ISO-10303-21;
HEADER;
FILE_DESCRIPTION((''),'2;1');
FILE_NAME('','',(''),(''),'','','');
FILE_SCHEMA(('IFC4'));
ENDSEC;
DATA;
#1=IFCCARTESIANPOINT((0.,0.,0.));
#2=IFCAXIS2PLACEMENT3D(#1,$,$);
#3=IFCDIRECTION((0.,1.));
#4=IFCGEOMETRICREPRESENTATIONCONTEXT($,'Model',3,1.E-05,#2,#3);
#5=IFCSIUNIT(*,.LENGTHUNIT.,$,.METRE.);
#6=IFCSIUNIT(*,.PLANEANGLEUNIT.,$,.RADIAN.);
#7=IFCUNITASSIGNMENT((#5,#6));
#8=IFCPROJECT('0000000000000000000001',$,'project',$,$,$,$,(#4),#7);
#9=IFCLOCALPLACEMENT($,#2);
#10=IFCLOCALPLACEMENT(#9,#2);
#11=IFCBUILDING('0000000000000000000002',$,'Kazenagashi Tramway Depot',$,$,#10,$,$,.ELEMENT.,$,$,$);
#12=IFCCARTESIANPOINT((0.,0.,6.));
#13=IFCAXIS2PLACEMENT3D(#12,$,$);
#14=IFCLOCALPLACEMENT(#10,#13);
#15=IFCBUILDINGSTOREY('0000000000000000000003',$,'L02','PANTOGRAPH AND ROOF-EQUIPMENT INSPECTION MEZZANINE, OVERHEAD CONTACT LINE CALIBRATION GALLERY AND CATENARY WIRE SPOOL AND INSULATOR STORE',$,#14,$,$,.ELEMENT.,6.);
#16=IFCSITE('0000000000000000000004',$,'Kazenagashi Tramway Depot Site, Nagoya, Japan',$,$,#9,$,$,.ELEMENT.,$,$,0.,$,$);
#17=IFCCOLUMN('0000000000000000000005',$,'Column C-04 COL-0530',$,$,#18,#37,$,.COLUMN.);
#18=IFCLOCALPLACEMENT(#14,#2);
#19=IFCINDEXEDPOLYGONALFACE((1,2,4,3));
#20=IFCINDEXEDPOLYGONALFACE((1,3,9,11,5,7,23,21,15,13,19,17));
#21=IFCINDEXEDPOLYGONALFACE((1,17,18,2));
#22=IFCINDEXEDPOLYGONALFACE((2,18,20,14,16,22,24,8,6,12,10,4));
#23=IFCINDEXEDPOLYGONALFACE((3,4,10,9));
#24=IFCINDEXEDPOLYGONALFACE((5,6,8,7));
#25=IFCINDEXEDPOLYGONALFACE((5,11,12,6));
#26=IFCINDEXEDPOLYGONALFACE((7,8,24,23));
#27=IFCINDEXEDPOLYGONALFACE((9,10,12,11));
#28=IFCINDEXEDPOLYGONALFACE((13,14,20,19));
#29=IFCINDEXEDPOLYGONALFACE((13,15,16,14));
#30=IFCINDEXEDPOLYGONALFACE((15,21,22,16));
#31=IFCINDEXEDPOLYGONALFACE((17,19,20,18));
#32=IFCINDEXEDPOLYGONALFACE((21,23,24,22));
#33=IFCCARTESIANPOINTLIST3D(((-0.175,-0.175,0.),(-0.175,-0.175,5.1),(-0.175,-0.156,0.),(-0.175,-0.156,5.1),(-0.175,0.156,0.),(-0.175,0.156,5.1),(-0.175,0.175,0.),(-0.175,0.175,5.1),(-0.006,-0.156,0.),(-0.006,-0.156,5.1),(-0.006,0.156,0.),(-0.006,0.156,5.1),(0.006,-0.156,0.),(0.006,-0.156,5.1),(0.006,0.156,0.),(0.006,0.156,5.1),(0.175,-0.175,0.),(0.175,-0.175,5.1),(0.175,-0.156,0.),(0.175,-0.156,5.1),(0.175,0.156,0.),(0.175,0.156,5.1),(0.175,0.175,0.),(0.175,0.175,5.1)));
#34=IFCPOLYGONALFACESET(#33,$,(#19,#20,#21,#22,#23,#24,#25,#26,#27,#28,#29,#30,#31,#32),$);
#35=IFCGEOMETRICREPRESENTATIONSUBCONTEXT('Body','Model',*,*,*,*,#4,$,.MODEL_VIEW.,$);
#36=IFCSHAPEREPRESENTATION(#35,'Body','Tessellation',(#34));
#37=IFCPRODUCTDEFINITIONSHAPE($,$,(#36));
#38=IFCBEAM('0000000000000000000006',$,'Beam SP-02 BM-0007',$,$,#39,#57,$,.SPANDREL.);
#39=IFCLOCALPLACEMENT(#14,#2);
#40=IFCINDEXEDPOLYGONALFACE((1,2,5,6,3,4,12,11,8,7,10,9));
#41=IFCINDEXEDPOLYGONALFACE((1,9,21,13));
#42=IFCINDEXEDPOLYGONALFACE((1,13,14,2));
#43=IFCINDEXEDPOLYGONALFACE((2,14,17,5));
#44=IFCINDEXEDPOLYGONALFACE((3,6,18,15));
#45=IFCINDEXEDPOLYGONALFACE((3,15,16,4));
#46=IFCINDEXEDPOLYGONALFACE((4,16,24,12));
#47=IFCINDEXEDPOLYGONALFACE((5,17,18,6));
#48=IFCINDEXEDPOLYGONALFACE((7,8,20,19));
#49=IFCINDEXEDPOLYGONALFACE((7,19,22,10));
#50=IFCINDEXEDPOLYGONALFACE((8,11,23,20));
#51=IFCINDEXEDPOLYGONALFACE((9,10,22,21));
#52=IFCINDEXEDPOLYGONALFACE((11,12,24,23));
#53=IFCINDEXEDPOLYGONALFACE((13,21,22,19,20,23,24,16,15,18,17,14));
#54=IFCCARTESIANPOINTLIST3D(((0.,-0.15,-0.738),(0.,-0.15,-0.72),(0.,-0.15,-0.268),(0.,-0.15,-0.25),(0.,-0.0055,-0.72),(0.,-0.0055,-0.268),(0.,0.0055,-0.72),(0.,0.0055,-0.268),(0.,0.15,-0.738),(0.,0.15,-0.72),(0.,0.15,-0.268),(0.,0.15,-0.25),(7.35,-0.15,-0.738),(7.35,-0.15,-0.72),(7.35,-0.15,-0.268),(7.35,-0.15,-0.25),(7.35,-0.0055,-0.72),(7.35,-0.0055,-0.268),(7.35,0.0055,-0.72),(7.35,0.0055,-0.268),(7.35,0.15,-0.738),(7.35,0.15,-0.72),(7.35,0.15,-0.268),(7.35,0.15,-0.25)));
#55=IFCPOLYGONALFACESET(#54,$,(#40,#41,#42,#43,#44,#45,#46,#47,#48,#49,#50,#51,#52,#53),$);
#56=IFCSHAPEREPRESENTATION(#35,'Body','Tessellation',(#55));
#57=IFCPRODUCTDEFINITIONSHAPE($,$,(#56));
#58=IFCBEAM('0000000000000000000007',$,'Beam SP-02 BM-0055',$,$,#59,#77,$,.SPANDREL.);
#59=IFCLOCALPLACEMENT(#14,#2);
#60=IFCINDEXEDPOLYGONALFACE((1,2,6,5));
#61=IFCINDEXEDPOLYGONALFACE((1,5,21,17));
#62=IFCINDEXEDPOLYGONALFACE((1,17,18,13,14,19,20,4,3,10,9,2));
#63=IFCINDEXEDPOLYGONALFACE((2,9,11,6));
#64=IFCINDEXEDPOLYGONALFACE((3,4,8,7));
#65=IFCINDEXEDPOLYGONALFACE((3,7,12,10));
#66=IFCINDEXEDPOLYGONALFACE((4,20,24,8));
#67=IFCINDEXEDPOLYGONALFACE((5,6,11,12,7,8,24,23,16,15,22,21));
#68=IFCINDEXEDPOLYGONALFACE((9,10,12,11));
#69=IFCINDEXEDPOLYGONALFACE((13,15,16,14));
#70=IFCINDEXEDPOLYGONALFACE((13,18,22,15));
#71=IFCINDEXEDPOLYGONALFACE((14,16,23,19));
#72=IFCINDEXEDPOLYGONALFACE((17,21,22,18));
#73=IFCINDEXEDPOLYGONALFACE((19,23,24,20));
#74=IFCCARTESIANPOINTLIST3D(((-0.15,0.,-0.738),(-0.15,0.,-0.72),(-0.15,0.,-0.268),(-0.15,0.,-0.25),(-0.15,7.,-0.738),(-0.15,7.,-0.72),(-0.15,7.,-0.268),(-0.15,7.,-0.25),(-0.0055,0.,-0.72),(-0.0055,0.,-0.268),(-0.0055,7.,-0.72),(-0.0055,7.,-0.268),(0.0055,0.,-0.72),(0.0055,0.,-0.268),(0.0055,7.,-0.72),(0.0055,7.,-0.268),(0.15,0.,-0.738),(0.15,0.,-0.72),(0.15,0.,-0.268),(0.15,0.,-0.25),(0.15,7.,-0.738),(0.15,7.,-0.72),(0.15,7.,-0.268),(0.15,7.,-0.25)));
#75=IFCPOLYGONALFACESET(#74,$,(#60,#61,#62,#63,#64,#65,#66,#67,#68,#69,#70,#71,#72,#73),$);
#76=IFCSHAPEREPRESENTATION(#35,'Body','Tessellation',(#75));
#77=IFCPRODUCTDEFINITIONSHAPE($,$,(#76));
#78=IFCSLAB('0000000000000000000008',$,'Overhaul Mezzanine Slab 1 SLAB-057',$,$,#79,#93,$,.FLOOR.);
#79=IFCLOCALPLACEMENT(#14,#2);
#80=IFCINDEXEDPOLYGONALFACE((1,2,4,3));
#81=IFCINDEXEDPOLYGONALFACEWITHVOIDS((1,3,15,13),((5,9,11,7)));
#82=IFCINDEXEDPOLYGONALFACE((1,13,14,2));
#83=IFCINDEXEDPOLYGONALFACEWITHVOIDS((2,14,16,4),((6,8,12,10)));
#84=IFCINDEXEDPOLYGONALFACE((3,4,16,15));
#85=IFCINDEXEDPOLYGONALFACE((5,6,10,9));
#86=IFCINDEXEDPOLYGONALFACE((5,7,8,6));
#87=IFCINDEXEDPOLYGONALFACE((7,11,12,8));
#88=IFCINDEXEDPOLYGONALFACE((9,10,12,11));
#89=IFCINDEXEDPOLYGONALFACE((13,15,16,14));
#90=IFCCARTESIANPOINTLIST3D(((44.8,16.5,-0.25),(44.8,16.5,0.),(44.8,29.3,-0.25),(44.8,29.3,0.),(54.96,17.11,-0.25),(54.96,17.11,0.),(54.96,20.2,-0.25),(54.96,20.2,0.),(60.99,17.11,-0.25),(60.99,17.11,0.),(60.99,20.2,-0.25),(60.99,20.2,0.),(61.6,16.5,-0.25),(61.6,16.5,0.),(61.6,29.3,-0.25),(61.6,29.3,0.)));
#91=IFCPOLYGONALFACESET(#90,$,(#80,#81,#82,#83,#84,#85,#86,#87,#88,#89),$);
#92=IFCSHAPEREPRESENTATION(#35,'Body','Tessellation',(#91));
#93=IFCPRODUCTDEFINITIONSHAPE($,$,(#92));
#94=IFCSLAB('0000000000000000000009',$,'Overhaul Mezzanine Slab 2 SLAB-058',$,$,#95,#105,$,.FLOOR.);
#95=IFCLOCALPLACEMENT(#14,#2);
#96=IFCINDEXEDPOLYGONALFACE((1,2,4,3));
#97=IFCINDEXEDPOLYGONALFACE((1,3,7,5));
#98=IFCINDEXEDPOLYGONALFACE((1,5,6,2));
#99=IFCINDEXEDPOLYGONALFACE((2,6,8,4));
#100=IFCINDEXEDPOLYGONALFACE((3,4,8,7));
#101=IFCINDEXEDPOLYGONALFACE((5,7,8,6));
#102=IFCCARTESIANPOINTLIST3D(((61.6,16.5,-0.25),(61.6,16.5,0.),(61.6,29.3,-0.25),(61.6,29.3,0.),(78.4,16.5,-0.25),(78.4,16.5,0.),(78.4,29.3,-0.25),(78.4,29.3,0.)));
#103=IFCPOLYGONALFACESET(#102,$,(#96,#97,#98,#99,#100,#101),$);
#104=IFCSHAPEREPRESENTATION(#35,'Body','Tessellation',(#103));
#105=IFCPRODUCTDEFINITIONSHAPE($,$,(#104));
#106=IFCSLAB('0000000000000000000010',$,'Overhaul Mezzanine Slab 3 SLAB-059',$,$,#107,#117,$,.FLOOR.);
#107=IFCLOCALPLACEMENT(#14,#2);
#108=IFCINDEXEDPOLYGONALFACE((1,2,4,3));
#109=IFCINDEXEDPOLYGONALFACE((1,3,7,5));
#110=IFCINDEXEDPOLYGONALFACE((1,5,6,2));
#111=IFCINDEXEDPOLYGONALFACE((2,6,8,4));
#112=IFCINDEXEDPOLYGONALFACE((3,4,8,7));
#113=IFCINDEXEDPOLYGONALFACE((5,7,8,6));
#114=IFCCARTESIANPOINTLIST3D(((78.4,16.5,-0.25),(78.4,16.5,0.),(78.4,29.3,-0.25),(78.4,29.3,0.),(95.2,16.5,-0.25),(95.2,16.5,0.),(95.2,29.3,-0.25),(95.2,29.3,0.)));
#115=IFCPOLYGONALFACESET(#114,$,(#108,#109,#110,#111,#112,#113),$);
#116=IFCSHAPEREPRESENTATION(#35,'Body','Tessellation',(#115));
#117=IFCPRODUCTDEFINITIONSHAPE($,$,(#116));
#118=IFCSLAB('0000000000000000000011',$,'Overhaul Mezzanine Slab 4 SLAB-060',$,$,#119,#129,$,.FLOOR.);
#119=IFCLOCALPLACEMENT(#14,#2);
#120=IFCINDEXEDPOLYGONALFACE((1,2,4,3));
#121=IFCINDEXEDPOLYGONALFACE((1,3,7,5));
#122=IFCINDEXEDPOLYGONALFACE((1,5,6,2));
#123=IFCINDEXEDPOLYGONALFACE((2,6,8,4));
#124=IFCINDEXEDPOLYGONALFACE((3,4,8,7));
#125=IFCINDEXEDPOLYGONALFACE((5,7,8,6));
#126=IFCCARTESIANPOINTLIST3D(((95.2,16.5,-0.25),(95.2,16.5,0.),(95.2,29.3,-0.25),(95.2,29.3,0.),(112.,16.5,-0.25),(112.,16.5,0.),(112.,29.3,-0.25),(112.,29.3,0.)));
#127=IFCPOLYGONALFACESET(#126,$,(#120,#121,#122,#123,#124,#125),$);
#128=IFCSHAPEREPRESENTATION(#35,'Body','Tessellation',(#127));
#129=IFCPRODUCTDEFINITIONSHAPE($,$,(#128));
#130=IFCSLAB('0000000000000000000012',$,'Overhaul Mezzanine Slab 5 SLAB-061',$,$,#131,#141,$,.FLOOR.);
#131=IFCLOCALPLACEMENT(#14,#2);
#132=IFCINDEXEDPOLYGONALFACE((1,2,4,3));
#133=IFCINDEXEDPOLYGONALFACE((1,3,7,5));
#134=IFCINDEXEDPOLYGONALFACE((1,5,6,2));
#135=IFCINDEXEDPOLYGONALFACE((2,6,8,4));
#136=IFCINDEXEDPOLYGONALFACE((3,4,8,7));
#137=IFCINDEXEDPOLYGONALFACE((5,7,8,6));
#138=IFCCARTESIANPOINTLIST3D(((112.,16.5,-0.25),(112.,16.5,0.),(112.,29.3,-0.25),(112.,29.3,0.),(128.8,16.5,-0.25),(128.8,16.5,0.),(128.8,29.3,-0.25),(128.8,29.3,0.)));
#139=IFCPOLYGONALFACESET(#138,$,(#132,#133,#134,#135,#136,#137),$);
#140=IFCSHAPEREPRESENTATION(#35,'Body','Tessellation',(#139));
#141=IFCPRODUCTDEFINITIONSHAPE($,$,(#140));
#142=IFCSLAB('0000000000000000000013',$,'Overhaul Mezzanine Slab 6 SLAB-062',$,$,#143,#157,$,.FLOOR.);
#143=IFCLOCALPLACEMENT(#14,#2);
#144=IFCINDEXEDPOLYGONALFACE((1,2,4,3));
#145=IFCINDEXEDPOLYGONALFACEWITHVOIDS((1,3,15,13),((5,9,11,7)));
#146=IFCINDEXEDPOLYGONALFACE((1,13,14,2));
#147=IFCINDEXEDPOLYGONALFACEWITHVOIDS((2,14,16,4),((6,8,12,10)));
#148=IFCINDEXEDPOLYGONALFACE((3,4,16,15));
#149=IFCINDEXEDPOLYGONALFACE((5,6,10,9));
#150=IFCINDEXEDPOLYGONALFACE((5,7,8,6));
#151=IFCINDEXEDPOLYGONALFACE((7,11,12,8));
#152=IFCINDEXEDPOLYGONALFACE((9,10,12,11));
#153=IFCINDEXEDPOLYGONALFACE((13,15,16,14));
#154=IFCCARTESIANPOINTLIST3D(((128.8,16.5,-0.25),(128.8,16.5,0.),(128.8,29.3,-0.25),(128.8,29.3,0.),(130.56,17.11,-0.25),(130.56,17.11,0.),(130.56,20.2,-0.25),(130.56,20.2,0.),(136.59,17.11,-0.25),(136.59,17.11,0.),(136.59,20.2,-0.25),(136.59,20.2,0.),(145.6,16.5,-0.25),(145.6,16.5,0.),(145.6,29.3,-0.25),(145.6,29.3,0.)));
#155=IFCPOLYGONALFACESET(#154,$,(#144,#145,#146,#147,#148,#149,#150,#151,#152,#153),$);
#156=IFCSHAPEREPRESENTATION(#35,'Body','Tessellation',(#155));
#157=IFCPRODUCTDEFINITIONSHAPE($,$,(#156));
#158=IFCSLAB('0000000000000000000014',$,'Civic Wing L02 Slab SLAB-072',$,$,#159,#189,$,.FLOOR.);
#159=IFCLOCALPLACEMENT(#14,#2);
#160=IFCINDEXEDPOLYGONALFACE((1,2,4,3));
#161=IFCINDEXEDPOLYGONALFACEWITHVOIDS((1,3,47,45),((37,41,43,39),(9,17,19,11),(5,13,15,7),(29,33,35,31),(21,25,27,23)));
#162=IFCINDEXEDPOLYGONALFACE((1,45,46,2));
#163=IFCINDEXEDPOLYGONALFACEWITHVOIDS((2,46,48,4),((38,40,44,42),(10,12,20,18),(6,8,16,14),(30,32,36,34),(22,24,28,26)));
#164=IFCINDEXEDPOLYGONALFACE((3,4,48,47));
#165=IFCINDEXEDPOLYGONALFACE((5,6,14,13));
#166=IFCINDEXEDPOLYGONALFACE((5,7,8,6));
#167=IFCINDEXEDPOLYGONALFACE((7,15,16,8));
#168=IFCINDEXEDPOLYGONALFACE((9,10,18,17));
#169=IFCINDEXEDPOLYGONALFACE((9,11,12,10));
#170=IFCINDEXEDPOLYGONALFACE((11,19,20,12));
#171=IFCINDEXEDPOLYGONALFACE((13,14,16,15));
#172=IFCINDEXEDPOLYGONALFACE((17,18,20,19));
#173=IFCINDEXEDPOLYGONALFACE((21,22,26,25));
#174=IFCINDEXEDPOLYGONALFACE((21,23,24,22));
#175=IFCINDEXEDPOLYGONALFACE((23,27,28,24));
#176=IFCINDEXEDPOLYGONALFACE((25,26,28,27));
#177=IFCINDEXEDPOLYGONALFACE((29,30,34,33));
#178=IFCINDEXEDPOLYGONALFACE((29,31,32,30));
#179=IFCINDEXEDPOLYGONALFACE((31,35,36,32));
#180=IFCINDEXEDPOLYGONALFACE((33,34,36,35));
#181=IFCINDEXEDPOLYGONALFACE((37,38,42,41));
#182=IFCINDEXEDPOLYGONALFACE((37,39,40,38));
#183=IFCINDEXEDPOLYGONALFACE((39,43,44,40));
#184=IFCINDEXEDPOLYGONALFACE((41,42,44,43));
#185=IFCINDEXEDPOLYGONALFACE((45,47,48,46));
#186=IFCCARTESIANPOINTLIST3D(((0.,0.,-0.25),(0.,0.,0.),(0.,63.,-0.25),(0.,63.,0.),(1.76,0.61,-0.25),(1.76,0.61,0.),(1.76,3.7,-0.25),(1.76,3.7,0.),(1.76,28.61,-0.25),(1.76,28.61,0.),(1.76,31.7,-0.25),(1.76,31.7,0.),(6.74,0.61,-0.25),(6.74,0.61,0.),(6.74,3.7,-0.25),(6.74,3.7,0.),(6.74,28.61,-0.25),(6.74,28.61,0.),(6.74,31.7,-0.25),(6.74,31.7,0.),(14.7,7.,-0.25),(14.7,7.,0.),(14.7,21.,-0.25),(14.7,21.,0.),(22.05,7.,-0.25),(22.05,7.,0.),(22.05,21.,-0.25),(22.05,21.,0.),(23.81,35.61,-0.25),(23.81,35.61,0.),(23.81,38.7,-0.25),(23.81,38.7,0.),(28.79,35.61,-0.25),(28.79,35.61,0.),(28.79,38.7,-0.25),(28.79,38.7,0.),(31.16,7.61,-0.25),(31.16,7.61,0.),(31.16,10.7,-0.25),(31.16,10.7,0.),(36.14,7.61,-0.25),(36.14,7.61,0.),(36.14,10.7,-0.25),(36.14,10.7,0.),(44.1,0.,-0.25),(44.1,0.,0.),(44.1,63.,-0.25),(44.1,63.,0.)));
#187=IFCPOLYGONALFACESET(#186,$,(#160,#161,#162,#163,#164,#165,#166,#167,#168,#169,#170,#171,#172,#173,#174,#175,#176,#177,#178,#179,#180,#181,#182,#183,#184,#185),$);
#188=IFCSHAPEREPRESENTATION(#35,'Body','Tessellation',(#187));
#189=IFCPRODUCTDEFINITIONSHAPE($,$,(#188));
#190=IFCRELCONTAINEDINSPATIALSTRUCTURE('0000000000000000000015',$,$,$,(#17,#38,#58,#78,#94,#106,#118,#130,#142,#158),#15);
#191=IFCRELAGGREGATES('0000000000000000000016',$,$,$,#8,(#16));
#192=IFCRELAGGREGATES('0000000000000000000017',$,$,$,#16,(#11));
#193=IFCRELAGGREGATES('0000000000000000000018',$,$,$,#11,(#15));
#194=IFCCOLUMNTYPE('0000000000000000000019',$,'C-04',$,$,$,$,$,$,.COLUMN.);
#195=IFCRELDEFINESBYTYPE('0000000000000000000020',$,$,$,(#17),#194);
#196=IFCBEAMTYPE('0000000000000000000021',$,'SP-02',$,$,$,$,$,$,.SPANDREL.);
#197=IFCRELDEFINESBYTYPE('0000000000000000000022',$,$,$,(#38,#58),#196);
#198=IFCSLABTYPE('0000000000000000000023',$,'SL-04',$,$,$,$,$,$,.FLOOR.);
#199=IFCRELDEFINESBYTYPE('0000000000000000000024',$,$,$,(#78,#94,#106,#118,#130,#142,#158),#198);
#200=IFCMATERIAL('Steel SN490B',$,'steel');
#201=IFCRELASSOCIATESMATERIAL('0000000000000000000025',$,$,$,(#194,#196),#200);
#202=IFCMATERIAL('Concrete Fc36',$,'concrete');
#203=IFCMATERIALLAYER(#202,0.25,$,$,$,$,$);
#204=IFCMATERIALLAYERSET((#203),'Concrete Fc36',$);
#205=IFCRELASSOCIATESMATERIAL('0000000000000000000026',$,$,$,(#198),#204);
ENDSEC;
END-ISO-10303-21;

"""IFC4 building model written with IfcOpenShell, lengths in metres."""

from ifc_helpers import new_model, si_unit, direction, frame, origin, origin_with_axes, origin_2d, place, context, subcontext, project, spatial, polyline, i_section, outline, extrude, material, layer, layer_set, material_profile, profile_set, type_object, element, save


model = new_model("IFC4")

# Units and contexts
model_context = context("Model", 3, precision=1e-05, world=origin(), true_north=direction((0.0, 1.0)))
body_context = subcontext(model_context, "Body", "Model", "MODEL_VIEW")
ifc_project = project(units=[si_unit("LENGTHUNIT", "METRE"), si_unit("PLANEANGLEUNIT", "RADIAN")], contexts=[model_context])

# Site, building, storey
site_placement = place(None, origin())
site = spatial("IfcSite", under=ifc_project, at=site_placement, Name="Kazenagashi Tramway Depot Site, Nagoya, Japan", CompositionType="ELEMENT", RefElevation=0.0)
building_placement = place(site_placement, origin())
building = spatial("IfcBuilding", under=site, at=building_placement, Name="Kazenagashi Tramway Depot", CompositionType="ELEMENT")
storey_placement = place(building_placement, frame((0.0, 0.0, 6.0)))
storey = spatial("IfcBuildingStorey", under=building, at=storey_placement, Name="L02", Description="PANTOGRAPH AND ROOF-EQUIPMENT INSPECTION MEZZANINE, OVERHEAD CONTACT LINE CALIBRATION GALLERY AND CATENARY WIRE SPOOL AND INSULATOR STORE", CompositionType="ELEMENT", Elevation=6.0)

# Column
ifc_material_1 = material(Name="Steel SN490B", Category="steel")
ifc_material_profile_1 = material_profile(ifc_material_1, i_section(OverallWidth=0.35, OverallDepth=0.35, WebThickness=0.012, FlangeThickness=0.019, at=origin_2d()), Name="H-350x350x12x19")
ifc_profile_set_1 = profile_set([ifc_material_profile_1], Name="Steel SN490B")
column_type = type_object("IfcColumnType", Name="C-04", PredefinedType="COLUMN", material=ifc_profile_set_1)
column_placement = place(storey_placement, origin_with_axes())
element("IfcColumn", 1, at=column_placement, inside=storey, type_object=column_type, Name="Column C-04 COL-0530", PredefinedType="COLUMN", context=body_context, shape_type="SweptSolid", body=[
    extrude(i_section(OverallWidth=0.35, OverallDepth=0.35, WebThickness=0.012, FlangeThickness=0.019, at=origin_2d()), origin(), (0.0, 0.0, 1.0), 5.1),
])

# Beams
ifc_material_profile_2 = material_profile(ifc_material_1, i_section(OverallWidth=0.3, OverallDepth=0.488, WebThickness=0.011, FlangeThickness=0.018, at=origin_2d()), Name="H-488x300x11x18")
ifc_profile_set_2 = profile_set([ifc_material_profile_2], Name="Steel SN490B")
beam_type = type_object("IfcBeamType", Name="SP-02", PredefinedType="SPANDREL", material=ifc_profile_set_2)
beam_1_placement = place(storey_placement, frame((0.0, 0.0, -0.494), z_axis=(1.0, 0.0, 0.0), x_axis=(0.0, 1.0, 0.0)))
element("IfcBeam", 2, at=beam_1_placement, inside=storey, type_object=beam_type, Name="Beam SP-02 BM-0007", PredefinedType="SPANDREL", context=body_context, shape_type="SweptSolid", body=[
    extrude(i_section(OverallWidth=0.3, OverallDepth=0.488, WebThickness=0.011, FlangeThickness=0.018, at=origin_2d()), origin(), (0.0, 0.0, 1.0), 7.35),
])
beam_2_placement = place(storey_placement, frame((0.0, 0.0, -0.494), z_axis=(0.0, 1.0, 0.0), x_axis=(-1.0, 0.0, 0.0)))
element("IfcBeam", 3, at=beam_2_placement, inside=storey, type_object=beam_type, Name="Beam SP-02 BM-0055", PredefinedType="SPANDREL", context=body_context, shape_type="SweptSolid", body=[
    extrude(i_section(OverallWidth=0.3, OverallDepth=0.488, WebThickness=0.011, FlangeThickness=0.018, at=origin_2d()), origin(), (0.0, 0.0, 1.0), 7.0),
])

# Slabs
ifc_material_2 = material(Name="Concrete Fc36", Category="concrete")
ifc_layer_1 = layer(ifc_material_2, 0.25)
ifc_layer_set_1 = layer_set([ifc_layer_1], Name="Concrete Fc36")
slab_type_1 = type_object("IfcSlabType", Name="SL-04", PredefinedType="FLOOR", material=ifc_layer_set_1)
slab_1_placement = place(storey_placement, frame((0.0, 0.0, -0.25)))
element("IfcSlab", 4, at=slab_1_placement, inside=storey, type_object=slab_type_1, Name="Overhaul Mezzanine Slab 1 SLAB-057", PredefinedType="FLOOR", context=body_context, shape_type="SweptSolid", body=[
    extrude(outline(polyline([(44.8, 29.3), (61.6, 29.3), (61.6, 16.5), (44.8, 16.5), (44.8, 29.3)]), holes=[polyline([(60.99, 20.2), (54.96, 20.2), (54.96, 17.11), (60.99, 17.11), (60.99, 20.2)])]), origin(), (0.0, 0.0, 1.0), 0.25),
])
slab_2_placement = place(storey_placement, frame((0.0, 0.0, -0.25)))
element("IfcSlab", 5, at=slab_2_placement, inside=storey, type_object=slab_type_1, Name="Overhaul Mezzanine Slab 2 SLAB-058", PredefinedType="FLOOR", context=body_context, shape_type="SweptSolid", body=[
    extrude(outline(polyline([(61.6, 16.5), (78.4, 16.5), (78.4, 29.3), (61.6, 29.3), (61.6, 16.5)])), origin(), (0.0, 0.0, 1.0), 0.25),
])
slab_3_placement = place(storey_placement, frame((0.0, 0.0, -0.25)))
element("IfcSlab", 6, at=slab_3_placement, inside=storey, type_object=slab_type_1, Name="Overhaul Mezzanine Slab 3 SLAB-059", PredefinedType="FLOOR", context=body_context, shape_type="SweptSolid", body=[
    extrude(outline(polyline([(78.4, 16.5), (95.2, 16.5), (95.2, 29.3), (78.4, 29.3), (78.4, 16.5)])), origin(), (0.0, 0.0, 1.0), 0.25),
])
slab_4_placement = place(storey_placement, frame((0.0, 0.0, -0.25)))
element("IfcSlab", 7, at=slab_4_placement, inside=storey, type_object=slab_type_1, Name="Overhaul Mezzanine Slab 4 SLAB-060", PredefinedType="FLOOR", context=body_context, shape_type="SweptSolid", body=[
    extrude(outline(polyline([(95.2, 16.5), (112.0, 16.5), (112.0, 29.3), (95.2, 29.3), (95.2, 16.5)])), origin(), (0.0, 0.0, 1.0), 0.25),
])
slab_5_placement = place(storey_placement, frame((0.0, 0.0, -0.25)))
element("IfcSlab", 8, at=slab_5_placement, inside=storey, type_object=slab_type_1, Name="Overhaul Mezzanine Slab 5 SLAB-061", PredefinedType="FLOOR", context=body_context, shape_type="SweptSolid", body=[
    extrude(outline(polyline([(112.0, 16.5), (128.8, 16.5), (128.8, 29.3), (112.0, 29.3), (112.0, 16.5)])), origin(), (0.0, 0.0, 1.0), 0.25),
])
slab_6_placement = place(storey_placement, frame((0.0, 0.0, -0.25)))
element("IfcSlab", 9, at=slab_6_placement, inside=storey, type_object=slab_type_1, Name="Overhaul Mezzanine Slab 6 SLAB-062", PredefinedType="FLOOR", context=body_context, shape_type="SweptSolid", body=[
    extrude(outline(polyline([(128.8, 29.3), (145.6, 29.3), (145.6, 16.5), (128.8, 16.5), (128.8, 29.3)]), holes=[polyline([(136.59, 20.2), (130.56, 20.2), (130.56, 17.11), (136.59, 17.11), (136.59, 20.2)])]), origin(), (0.0, 0.0, 1.0), 0.25),
])
slab_7_placement = place(storey_placement, frame((0.0, 0.0, -0.25)))
element("IfcSlab", 10, at=slab_7_placement, inside=storey, type_object=slab_type_1, Name="Civic Wing L02 Slab SLAB-072", PredefinedType="FLOOR", context=body_context, shape_type="SweptSolid", body=[
    extrude(outline(polyline([(0.0, 63.0), (44.1, 63.0), (44.1, 0.0), (0.0, 0.0), (0.0, 63.0)]), holes=[polyline([(22.05, 7.0), (22.05, 21.0), (14.7, 21.0), (14.7, 7.0), (22.05, 7.0)]), polyline([(1.76, 0.61), (6.74, 0.61), (6.74, 3.7), (1.76, 3.7), (1.76, 0.61)]), polyline([(31.16, 7.61), (36.14, 7.61), (36.14, 10.7), (31.16, 10.7), (31.16, 7.61)]), polyline([(1.76, 28.61), (6.74, 28.61), (6.74, 31.7), (1.76, 31.7), (1.76, 28.61)]), polyline([(23.81, 35.61), (28.79, 35.61), (28.79, 38.7), (23.81, 38.7), (23.81, 35.61)])]), origin(), (0.0, 0.0, 1.0), 0.25),
])

save(model, "model.ifc")
